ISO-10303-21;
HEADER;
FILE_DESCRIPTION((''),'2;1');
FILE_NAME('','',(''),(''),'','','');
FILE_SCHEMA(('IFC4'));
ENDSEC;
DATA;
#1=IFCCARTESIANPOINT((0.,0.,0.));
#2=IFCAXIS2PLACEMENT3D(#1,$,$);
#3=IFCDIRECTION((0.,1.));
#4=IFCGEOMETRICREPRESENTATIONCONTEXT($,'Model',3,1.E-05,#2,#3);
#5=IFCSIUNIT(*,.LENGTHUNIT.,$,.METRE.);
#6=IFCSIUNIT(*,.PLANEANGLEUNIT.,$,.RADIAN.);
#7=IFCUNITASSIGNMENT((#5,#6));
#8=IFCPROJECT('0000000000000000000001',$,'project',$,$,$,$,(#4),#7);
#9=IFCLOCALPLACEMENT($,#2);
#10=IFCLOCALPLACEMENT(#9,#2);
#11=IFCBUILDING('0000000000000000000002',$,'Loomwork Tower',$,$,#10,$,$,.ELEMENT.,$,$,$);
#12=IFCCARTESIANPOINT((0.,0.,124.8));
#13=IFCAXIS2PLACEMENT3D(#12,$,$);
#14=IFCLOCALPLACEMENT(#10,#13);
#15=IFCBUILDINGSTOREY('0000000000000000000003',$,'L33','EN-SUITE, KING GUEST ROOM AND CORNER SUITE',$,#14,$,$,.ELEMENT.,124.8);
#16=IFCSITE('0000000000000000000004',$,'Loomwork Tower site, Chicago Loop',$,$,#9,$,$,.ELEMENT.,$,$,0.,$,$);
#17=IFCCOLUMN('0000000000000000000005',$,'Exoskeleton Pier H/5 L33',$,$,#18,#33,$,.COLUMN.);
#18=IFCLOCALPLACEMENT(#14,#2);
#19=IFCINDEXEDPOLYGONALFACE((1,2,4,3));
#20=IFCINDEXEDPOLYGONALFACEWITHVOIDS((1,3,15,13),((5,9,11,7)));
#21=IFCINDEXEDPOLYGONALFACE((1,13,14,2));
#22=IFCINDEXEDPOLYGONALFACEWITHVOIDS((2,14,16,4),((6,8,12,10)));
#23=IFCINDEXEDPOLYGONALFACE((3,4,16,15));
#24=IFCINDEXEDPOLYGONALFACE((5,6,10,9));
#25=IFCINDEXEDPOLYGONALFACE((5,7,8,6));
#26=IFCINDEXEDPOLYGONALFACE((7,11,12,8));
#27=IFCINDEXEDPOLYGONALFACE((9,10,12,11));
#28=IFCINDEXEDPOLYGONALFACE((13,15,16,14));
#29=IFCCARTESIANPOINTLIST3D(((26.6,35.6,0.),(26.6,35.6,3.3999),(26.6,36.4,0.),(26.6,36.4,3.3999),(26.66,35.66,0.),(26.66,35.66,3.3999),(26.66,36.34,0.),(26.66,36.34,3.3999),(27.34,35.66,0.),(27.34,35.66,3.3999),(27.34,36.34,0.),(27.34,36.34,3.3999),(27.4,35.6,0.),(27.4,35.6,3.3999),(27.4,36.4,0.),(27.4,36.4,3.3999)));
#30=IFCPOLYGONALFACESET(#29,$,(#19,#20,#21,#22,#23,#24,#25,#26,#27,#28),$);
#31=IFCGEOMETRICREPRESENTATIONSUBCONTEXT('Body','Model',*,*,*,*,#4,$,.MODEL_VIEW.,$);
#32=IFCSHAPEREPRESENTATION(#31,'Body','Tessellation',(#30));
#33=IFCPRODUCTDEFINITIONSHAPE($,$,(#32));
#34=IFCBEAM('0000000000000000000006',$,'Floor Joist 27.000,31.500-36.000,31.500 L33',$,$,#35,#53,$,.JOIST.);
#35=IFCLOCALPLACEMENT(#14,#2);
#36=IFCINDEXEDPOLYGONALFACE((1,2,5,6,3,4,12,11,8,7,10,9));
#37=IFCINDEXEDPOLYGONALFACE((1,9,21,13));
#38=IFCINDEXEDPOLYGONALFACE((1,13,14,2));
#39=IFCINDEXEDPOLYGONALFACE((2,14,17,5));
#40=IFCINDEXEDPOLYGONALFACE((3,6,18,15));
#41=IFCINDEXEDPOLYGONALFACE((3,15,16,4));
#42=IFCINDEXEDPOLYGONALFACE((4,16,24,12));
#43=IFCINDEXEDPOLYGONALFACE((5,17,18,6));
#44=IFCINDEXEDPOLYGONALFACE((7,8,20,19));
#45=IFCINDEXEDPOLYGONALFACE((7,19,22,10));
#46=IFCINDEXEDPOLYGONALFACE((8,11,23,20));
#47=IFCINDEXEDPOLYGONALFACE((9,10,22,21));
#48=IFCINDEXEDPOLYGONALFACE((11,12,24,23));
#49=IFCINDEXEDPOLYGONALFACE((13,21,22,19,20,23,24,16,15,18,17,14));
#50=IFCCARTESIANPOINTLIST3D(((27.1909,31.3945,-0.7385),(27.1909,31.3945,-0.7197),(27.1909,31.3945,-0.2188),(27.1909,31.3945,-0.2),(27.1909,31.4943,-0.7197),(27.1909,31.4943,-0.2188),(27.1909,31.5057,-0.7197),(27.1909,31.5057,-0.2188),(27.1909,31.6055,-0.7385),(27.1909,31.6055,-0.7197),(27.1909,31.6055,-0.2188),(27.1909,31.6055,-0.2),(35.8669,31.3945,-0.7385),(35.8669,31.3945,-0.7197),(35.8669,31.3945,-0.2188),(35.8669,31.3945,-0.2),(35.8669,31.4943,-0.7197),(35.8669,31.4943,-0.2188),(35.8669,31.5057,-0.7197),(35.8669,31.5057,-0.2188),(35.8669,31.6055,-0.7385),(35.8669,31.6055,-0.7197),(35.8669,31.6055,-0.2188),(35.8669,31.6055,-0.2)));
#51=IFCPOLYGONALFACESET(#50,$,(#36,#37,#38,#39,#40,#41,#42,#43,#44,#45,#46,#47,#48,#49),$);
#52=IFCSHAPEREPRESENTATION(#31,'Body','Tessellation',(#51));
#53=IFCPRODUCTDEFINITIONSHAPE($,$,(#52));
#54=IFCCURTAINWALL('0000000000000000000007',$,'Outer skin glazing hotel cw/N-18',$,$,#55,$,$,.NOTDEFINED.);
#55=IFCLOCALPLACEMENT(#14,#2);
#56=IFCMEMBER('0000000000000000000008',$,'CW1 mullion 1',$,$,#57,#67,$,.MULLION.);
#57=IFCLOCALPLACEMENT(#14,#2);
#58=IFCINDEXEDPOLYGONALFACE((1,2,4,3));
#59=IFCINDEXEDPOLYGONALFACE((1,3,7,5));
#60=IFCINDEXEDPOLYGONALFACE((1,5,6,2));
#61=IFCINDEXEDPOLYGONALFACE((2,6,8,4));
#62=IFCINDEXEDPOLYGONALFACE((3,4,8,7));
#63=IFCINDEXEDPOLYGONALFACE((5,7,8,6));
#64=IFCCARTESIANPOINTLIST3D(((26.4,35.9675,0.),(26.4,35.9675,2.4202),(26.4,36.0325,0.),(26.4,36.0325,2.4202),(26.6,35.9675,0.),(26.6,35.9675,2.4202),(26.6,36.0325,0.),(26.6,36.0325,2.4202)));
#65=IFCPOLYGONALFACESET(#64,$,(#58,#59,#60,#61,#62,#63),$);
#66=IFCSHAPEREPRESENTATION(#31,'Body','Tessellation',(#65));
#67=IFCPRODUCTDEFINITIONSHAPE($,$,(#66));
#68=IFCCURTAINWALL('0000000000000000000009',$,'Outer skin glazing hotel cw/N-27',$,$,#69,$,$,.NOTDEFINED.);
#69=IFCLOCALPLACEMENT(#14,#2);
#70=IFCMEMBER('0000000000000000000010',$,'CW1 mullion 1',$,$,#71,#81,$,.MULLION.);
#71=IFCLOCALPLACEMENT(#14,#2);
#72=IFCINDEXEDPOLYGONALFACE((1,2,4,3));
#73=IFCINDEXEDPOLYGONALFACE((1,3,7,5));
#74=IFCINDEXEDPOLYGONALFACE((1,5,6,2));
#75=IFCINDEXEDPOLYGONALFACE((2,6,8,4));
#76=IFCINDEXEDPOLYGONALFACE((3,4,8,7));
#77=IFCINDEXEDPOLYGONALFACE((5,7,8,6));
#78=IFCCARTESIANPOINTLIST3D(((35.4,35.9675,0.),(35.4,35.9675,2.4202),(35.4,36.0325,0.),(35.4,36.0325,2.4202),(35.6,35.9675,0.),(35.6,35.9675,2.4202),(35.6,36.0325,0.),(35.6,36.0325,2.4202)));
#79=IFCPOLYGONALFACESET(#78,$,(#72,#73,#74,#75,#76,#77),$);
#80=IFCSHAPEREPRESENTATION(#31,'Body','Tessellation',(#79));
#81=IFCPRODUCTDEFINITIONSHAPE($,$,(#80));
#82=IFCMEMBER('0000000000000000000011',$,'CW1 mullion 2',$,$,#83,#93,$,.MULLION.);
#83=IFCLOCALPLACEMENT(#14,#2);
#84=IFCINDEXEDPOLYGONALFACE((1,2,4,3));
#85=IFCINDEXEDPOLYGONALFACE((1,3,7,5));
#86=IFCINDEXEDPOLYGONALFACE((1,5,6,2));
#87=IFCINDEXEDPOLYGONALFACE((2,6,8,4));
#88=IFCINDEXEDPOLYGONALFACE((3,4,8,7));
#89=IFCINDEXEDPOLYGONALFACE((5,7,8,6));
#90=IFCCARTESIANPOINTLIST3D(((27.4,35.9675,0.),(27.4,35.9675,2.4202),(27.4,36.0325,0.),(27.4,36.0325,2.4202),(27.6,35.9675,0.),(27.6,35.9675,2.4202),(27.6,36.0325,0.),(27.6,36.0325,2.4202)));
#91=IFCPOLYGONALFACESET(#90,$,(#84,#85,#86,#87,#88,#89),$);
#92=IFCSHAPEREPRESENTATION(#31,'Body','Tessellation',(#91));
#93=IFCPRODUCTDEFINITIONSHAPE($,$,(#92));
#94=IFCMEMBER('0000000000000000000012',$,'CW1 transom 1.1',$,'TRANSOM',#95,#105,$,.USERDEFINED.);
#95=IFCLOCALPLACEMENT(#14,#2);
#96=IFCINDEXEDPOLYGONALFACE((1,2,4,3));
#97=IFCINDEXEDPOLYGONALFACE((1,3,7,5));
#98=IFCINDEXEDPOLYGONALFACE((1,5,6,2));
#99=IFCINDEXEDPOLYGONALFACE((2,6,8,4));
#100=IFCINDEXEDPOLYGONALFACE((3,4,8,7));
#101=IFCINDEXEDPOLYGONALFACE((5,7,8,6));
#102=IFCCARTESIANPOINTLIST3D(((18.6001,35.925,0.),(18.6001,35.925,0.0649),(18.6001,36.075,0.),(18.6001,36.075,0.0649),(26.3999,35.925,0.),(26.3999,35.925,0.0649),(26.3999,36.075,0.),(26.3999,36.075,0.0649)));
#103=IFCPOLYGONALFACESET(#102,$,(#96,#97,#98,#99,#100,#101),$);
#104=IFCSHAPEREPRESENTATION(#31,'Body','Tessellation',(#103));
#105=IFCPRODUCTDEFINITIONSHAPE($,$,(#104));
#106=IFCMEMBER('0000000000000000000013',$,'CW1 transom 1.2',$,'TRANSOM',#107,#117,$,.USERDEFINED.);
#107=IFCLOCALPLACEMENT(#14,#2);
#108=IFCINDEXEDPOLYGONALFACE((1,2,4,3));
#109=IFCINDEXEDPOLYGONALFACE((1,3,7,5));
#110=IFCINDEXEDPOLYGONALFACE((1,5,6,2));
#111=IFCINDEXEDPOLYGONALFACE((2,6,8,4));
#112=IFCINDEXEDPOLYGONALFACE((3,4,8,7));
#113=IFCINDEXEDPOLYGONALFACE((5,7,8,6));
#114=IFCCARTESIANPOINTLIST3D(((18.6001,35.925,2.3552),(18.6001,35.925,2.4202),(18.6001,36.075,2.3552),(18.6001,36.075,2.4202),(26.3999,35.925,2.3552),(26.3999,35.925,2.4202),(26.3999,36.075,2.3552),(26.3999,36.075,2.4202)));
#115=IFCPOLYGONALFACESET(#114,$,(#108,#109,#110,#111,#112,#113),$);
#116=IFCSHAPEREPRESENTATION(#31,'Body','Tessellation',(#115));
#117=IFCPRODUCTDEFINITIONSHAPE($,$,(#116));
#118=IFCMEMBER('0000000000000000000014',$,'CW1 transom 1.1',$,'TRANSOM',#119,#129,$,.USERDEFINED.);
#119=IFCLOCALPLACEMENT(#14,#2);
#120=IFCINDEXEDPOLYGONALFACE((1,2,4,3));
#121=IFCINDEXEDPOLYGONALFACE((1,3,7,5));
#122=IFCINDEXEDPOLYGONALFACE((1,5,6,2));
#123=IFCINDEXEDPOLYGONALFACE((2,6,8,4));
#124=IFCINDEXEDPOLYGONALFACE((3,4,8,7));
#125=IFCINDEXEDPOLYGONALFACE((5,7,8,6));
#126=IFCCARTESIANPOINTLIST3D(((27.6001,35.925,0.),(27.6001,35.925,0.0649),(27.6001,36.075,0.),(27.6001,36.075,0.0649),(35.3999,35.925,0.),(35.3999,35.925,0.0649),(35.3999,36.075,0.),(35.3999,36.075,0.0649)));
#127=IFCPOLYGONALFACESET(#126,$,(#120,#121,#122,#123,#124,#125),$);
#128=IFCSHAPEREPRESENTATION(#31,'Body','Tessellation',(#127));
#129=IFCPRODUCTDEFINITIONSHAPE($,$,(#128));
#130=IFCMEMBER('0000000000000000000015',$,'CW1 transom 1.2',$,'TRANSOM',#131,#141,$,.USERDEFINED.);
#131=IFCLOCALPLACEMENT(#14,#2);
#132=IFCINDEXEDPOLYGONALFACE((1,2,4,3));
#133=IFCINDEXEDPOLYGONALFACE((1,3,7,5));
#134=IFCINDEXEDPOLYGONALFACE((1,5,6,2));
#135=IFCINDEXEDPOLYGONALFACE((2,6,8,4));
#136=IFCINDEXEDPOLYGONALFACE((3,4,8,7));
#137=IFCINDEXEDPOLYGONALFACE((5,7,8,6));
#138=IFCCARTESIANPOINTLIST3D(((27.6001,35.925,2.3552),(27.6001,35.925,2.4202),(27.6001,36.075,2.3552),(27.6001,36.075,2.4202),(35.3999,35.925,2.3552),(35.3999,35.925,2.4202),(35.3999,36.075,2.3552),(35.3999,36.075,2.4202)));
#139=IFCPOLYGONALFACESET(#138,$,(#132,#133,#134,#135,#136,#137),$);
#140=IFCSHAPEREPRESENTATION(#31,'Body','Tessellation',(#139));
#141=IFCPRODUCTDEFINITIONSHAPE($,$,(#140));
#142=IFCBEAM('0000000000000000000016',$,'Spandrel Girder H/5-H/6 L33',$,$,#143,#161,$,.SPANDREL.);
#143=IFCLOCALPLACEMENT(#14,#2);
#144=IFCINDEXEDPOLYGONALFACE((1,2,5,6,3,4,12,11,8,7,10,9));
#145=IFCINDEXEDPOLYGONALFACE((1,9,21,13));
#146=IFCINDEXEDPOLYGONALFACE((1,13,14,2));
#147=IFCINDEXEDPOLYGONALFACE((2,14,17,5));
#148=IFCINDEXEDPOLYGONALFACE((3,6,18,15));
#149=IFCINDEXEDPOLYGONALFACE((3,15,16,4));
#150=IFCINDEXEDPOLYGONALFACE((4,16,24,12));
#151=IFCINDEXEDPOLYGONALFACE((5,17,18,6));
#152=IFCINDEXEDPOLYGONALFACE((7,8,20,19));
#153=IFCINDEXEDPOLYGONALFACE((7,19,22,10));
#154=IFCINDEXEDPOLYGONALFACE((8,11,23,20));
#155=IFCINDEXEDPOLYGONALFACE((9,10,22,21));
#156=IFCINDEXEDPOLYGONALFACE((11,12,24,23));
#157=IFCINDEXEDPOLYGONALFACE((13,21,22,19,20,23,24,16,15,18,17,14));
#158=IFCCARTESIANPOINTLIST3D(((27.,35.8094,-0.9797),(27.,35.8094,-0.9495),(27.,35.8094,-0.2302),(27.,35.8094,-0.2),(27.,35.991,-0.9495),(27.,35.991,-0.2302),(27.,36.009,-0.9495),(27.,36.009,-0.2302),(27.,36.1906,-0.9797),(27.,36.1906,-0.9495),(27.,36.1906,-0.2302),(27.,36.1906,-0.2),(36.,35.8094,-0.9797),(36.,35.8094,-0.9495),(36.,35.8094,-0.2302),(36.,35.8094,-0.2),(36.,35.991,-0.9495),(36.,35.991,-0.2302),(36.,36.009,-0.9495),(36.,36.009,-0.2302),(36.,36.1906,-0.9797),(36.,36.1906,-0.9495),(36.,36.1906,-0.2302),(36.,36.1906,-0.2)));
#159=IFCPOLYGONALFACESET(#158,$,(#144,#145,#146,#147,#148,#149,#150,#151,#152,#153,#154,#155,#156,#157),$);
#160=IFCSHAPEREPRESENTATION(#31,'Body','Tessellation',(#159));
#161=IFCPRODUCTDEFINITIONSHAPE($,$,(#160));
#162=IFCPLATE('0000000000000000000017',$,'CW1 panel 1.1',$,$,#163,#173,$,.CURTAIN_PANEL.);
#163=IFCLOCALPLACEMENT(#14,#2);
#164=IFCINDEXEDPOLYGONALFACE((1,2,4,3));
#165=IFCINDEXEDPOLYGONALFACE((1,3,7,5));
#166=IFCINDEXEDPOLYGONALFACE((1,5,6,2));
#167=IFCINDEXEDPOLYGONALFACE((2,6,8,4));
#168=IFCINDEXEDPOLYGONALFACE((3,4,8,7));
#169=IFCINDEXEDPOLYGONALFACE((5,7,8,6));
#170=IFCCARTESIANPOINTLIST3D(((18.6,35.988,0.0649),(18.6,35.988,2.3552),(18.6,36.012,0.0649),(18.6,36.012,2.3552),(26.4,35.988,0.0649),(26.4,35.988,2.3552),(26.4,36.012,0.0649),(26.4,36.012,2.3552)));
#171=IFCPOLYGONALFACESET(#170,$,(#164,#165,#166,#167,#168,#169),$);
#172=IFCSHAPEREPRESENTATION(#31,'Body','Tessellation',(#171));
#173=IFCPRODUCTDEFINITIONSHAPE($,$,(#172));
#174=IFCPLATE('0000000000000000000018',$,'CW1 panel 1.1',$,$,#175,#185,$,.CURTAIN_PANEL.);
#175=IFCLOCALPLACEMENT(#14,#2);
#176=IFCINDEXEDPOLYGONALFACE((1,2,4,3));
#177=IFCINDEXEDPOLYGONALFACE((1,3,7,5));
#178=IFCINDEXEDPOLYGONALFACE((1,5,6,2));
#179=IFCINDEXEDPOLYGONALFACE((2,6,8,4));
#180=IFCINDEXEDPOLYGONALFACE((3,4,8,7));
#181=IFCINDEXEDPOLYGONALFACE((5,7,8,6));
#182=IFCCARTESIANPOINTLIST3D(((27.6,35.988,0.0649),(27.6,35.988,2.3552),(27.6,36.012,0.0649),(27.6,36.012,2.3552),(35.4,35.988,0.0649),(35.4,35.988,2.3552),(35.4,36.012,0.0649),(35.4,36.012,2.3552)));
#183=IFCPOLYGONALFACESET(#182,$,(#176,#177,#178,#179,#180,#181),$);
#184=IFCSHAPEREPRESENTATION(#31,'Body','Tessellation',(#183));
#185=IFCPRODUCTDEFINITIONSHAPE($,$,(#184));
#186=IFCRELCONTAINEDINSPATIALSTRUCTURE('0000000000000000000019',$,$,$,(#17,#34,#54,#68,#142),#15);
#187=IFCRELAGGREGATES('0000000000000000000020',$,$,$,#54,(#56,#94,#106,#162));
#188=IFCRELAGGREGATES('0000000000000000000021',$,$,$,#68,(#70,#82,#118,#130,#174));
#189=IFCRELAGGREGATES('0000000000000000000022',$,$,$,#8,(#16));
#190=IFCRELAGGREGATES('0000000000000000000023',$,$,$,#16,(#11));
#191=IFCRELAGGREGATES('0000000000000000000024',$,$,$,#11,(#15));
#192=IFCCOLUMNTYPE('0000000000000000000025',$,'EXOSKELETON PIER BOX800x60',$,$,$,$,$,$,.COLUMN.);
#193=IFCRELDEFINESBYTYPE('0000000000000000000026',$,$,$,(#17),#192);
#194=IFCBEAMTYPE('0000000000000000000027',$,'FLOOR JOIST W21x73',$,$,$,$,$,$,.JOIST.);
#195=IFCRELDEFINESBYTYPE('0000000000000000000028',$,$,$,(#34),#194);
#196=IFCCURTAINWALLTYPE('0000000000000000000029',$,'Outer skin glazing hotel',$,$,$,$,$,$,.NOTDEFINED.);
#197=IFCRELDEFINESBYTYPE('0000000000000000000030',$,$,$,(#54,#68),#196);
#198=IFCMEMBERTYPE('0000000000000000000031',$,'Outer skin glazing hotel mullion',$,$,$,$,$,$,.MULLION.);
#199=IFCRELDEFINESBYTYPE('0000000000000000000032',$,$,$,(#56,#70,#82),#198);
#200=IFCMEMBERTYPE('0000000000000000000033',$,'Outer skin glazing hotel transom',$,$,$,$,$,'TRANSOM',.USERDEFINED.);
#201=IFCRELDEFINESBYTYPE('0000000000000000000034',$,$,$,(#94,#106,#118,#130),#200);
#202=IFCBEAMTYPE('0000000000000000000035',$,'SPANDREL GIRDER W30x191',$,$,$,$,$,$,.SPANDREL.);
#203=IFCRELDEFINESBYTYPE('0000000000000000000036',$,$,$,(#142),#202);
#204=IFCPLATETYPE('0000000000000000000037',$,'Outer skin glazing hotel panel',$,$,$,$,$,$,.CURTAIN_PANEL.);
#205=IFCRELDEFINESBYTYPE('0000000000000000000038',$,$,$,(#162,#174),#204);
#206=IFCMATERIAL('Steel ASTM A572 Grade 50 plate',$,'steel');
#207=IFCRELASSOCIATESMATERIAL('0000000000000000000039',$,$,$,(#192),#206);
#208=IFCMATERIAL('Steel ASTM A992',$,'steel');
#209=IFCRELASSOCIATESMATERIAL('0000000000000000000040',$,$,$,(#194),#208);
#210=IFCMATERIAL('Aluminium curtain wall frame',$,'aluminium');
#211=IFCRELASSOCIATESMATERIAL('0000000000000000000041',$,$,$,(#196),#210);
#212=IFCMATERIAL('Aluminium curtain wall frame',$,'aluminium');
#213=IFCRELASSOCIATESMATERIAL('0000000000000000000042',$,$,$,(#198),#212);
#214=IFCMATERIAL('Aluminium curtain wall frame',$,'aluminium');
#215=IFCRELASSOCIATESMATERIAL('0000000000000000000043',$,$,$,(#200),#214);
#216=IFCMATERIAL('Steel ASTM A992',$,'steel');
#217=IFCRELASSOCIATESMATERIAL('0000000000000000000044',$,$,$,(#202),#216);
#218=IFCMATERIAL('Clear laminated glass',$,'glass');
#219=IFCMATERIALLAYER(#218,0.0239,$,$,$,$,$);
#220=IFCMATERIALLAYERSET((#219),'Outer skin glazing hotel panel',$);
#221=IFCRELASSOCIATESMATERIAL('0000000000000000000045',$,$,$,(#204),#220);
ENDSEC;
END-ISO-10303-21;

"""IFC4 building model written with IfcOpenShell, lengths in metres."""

from ifc_helpers import new_model, si_unit, direction, frame, origin, origin_2d, place, context, subcontext, project, spatial, rectangle, hollow_rectangle, i_section, extrude, material, layer, layer_set, material_profile, profile_set, type_object, element, aggregate, save


model = new_model("IFC4")

# Units and contexts
model_context = context("Model", 3, precision=1e-05, world=origin(), true_north=direction((0.0, 1.0)))
body_context = subcontext(model_context, "Body", "Model", "MODEL_VIEW")
ifc_project = project(units=[si_unit("LENGTHUNIT", "METRE"), si_unit("PLANEANGLEUNIT", "RADIAN")], contexts=[model_context])

# Site, building, storey
site_placement = place(None, origin())
site = spatial("IfcSite", under=ifc_project, at=site_placement, Name="Loomwork Tower site, Chicago Loop", CompositionType="ELEMENT", RefElevation=0.0)
building_placement = place(site_placement, origin())
building = spatial("IfcBuilding", under=site, at=building_placement, Name="Loomwork Tower", CompositionType="ELEMENT")
storey_placement = place(building_placement, frame((0.0, 0.0, 124.8)))
storey = spatial("IfcBuildingStorey", under=building, at=storey_placement, Name="L33", Description="EN-SUITE, KING GUEST ROOM AND CORNER SUITE", CompositionType="ELEMENT", Elevation=124.8)

# Column
ifc_material_1 = material(Name="Steel ASTM A572 Grade 50 plate", Category="steel")
ifc_material_profile_1 = material_profile(ifc_material_1, hollow_rectangle(XDim=0.8, YDim=0.8, WallThickness=0.0601, at=origin_2d()), Name="BOX800x60")
ifc_profile_set_1 = profile_set([ifc_material_profile_1], Name="Steel ASTM A572 Grade 50 plate")
column_type = type_object("IfcColumnType", Name="EXOSKELETON PIER BOX800x60", PredefinedType="COLUMN", material=ifc_profile_set_1)
column_placement = place(storey_placement, frame((27.0, 36.0, 0.0), z_axis=(0.0, 0.0, 1.0), x_axis=(1.0, 0.0, 0.0)))
element("IfcColumn", 1, at=column_placement, inside=storey, type_object=column_type, Name="Exoskeleton Pier H/5 L33", PredefinedType="COLUMN", context=body_context, shape_type="SweptSolid", body=[
    extrude(hollow_rectangle(XDim=0.8, YDim=0.8, WallThickness=0.0601, at=origin_2d()), origin(), (0.0, 0.0, 1.0), 3.3999),
])

# Beam
ifc_material_2 = material(Name="Steel ASTM A992", Category="steel")
ifc_material_profile_2 = material_profile(ifc_material_2, i_section(OverallWidth=0.2109, OverallDepth=0.5386, WebThickness=0.0115, FlangeThickness=0.0188, at=origin_2d()), Name="W21x73")
ifc_profile_set_2 = profile_set([ifc_material_profile_2], Name="Steel ASTM A992")
beam_type_1 = type_object("IfcBeamType", Name="FLOOR JOIST W21x73", PredefinedType="JOIST", material=ifc_profile_set_2)
beam_1_placement = place(storey_placement, frame((27.1909, 31.5, -0.4692), z_axis=(1.0, 0.0, 0.0), x_axis=(0.0, 1.0, 0.0)))
element("IfcBeam", 2, at=beam_1_placement, inside=storey, type_object=beam_type_1, Name="Floor Joist 27.000,31.500-36.000,31.500 L33", PredefinedType="JOIST", context=body_context, shape_type="SweptSolid", body=[
    extrude(i_section(OverallWidth=0.2109, OverallDepth=0.5386, WebThickness=0.0115, FlangeThickness=0.0188, at=origin_2d()), origin(), (0.0, 0.0, 1.0), 8.676),
])

# Curtain wall, member
ifc_material_3 = material(Name="Aluminium curtain wall frame", Category="aluminium")
curtain_wall_type = type_object("IfcCurtainWallType", Name="Outer skin glazing hotel", PredefinedType="NOTDEFINED", material=ifc_material_3)
curtain_wall_1_placement = place(storey_placement, origin())
curtain_wall_1 = element("IfcCurtainWall", 3, at=curtain_wall_1_placement, inside=storey, type_object=curtain_wall_type, Name="Outer skin glazing hotel cw/N-18", PredefinedType="NOTDEFINED")
ifc_material_4 = material(Name="Aluminium curtain wall frame", Category="aluminium")
ifc_material_profile_3 = material_profile(ifc_material_4, rectangle(XDim=0.0649, YDim=0.2, at=origin_2d()), Name="AL 65x200")
ifc_profile_set_3 = profile_set([ifc_material_profile_3], Name="Aluminium curtain wall frame")
member_type_1 = type_object("IfcMemberType", Name="Outer skin glazing hotel mullion", PredefinedType="MULLION", material=ifc_profile_set_3)
member_1_placement = place(storey_placement, frame((26.5, 36.0, 0.0), z_axis=(0.0, 0.0, 1.0), x_axis=(0.0, -1.0, 0.0)))
member_1 = element("IfcMember", 4, at=member_1_placement, type_object=member_type_1, Name="CW1 mullion 1", PredefinedType="MULLION", context=body_context, shape_type="SweptSolid", body=[
    extrude(rectangle(XDim=0.0649, YDim=0.2, at=origin_2d()), origin(), (0.0, 0.0, 1.0), 2.4202),
])

# Curtain wall, members
curtain_wall_2_placement = place(storey_placement, origin())
curtain_wall_2 = element("IfcCurtainWall", 5, at=curtain_wall_2_placement, inside=storey, type_object=curtain_wall_type, Name="Outer skin glazing hotel cw/N-27", PredefinedType="NOTDEFINED")
member_2_placement = place(storey_placement, frame((35.5, 36.0, 0.0), z_axis=(0.0, 0.0, 1.0), x_axis=(0.0, -1.0, 0.0)))
member_2 = element("IfcMember", 6, at=member_2_placement, type_object=member_type_1, Name="CW1 mullion 1", PredefinedType="MULLION", context=body_context, shape_type="SweptSolid", body=[
    extrude(rectangle(XDim=0.0649, YDim=0.2, at=origin_2d()), origin(), (0.0, 0.0, 1.0), 2.4202),
])
member_3_placement = place(storey_placement, frame((27.5, 36.0, 0.0), z_axis=(0.0, 0.0, 1.0), x_axis=(0.0, -1.0, 0.0)))
member_3 = element("IfcMember", 7, at=member_3_placement, type_object=member_type_1, Name="CW1 mullion 2", PredefinedType="MULLION", context=body_context, shape_type="SweptSolid", body=[
    extrude(rectangle(XDim=0.0649, YDim=0.2, at=origin_2d()), origin(), (0.0, 0.0, 1.0), 2.4202),
])

# Members
ifc_material_5 = material(Name="Aluminium curtain wall frame", Category="aluminium")
ifc_material_profile_4 = material_profile(ifc_material_5, rectangle(XDim=0.1499, YDim=0.0649, at=origin_2d()), Name="AL 65x150")
ifc_profile_set_4 = profile_set([ifc_material_profile_4], Name="Aluminium curtain wall frame")
member_type_2 = type_object("IfcMemberType", Name="Outer skin glazing hotel transom", ElementType="TRANSOM", PredefinedType="USERDEFINED", material=ifc_profile_set_4)
member_4_placement = place(storey_placement, frame((26.3999, 36.0, 0.0325), z_axis=(-1.0, 0.0, 0.0), x_axis=(0.0, -1.0, 0.0)))
member_4 = element("IfcMember", 8, at=member_4_placement, type_object=member_type_2, Name="CW1 transom 1.1", ObjectType="TRANSOM", PredefinedType="USERDEFINED", context=body_context, shape_type="SweptSolid", body=[
    extrude(rectangle(XDim=0.1499, YDim=0.0649, at=origin_2d()), origin(), (0.0, 0.0, 1.0), 7.7998),
])
member_5_placement = place(storey_placement, frame((26.3999, 36.0, 2.3877), z_axis=(-1.0, 0.0, 0.0), x_axis=(0.0, -1.0, 0.0)))
member_5 = element("IfcMember", 9, at=member_5_placement, type_object=member_type_2, Name="CW1 transom 1.2", ObjectType="TRANSOM", PredefinedType="USERDEFINED", context=body_context, shape_type="SweptSolid", body=[
    extrude(rectangle(XDim=0.1499, YDim=0.0649, at=origin_2d()), origin(), (0.0, 0.0, 1.0), 7.7998),
])
member_6_placement = place(storey_placement, frame((35.3999, 36.0, 0.0325), z_axis=(-1.0, 0.0, 0.0), x_axis=(0.0, -1.0, 0.0)))
member_6 = element("IfcMember", 10, at=member_6_placement, type_object=member_type_2, Name="CW1 transom 1.1", ObjectType="TRANSOM", PredefinedType="USERDEFINED", context=body_context, shape_type="SweptSolid", body=[
    extrude(rectangle(XDim=0.1499, YDim=0.0649, at=origin_2d()), origin(), (0.0, 0.0, 1.0), 7.7998),
])
member_7_placement = place(storey_placement, frame((35.3999, 36.0, 2.3877), z_axis=(-1.0, 0.0, 0.0), x_axis=(0.0, -1.0, 0.0)))
member_7 = element("IfcMember", 11, at=member_7_placement, type_object=member_type_2, Name="CW1 transom 1.2", ObjectType="TRANSOM", PredefinedType="USERDEFINED", context=body_context, shape_type="SweptSolid", body=[
    extrude(rectangle(XDim=0.1499, YDim=0.0649, at=origin_2d()), origin(), (0.0, 0.0, 1.0), 7.7998),
])

# Beam
ifc_material_6 = material(Name="Steel ASTM A992", Category="steel")
ifc_material_profile_5 = material_profile(ifc_material_6, i_section(OverallWidth=0.3811, OverallDepth=0.7798, WebThickness=0.0181, FlangeThickness=0.0303, at=origin_2d()), Name="W30x191")
ifc_profile_set_5 = profile_set([ifc_material_profile_5], Name="Steel ASTM A992")
beam_type_2 = type_object("IfcBeamType", Name="SPANDREL GIRDER W30x191", PredefinedType="SPANDREL", material=ifc_profile_set_5)
beam_2_placement = place(storey_placement, frame((27.0, 36.0, -0.5898), z_axis=(1.0, 0.0, 0.0), x_axis=(0.0, 1.0, 0.0)))
element("IfcBeam", 12, at=beam_2_placement, inside=storey, type_object=beam_type_2, Name="Spandrel Girder H/5-H/6 L33", PredefinedType="SPANDREL", context=body_context, shape_type="SweptSolid", body=[
    extrude(i_section(OverallWidth=0.3811, OverallDepth=0.7798, WebThickness=0.0181, FlangeThickness=0.0303, at=origin_2d()), origin(), (0.0, 0.0, 1.0), 9.0),
])

# Plates
ifc_material_7 = material(Name="Clear laminated glass", Category="glass")
ifc_layer_1 = layer(ifc_material_7, 0.0239)
ifc_layer_set_1 = layer_set([ifc_layer_1], Name="Outer skin glazing hotel panel")
plate_type = type_object("IfcPlateType", Name="Outer skin glazing hotel panel", PredefinedType="CURTAIN_PANEL", material=ifc_layer_set_1)
plate_1_placement = place(storey_placement, frame((22.5, 36.0, 0.0649), z_axis=(0.0, 0.0, 1.0), x_axis=(-1.0, 0.0, 0.0)))
plate_1 = element("IfcPlate", 13, at=plate_1_placement, type_object=plate_type, Name="CW1 panel 1.1", PredefinedType="CURTAIN_PANEL", context=body_context, shape_type="SweptSolid", body=[
    extrude(rectangle(XDim=7.8, YDim=0.0239, at=origin_2d()), origin(), (0.0, 0.0, 1.0), 2.2903),
])
aggregate(curtain_wall_1, [member_1, member_4, member_5, plate_1])
plate_2_placement = place(storey_placement, frame((31.5, 36.0, 0.0649), z_axis=(0.0, 0.0, 1.0), x_axis=(-1.0, 0.0, 0.0)))
plate_2 = element("IfcPlate", 14, at=plate_2_placement, type_object=plate_type, Name="CW1 panel 1.1", PredefinedType="CURTAIN_PANEL", context=body_context, shape_type="SweptSolid", body=[
    extrude(rectangle(XDim=7.8, YDim=0.0239, at=origin_2d()), origin(), (0.0, 0.0, 1.0), 2.2903),
])
aggregate(curtain_wall_2, [member_2, member_3, member_6, member_7, plate_2])

save(model, "model.ifc")
